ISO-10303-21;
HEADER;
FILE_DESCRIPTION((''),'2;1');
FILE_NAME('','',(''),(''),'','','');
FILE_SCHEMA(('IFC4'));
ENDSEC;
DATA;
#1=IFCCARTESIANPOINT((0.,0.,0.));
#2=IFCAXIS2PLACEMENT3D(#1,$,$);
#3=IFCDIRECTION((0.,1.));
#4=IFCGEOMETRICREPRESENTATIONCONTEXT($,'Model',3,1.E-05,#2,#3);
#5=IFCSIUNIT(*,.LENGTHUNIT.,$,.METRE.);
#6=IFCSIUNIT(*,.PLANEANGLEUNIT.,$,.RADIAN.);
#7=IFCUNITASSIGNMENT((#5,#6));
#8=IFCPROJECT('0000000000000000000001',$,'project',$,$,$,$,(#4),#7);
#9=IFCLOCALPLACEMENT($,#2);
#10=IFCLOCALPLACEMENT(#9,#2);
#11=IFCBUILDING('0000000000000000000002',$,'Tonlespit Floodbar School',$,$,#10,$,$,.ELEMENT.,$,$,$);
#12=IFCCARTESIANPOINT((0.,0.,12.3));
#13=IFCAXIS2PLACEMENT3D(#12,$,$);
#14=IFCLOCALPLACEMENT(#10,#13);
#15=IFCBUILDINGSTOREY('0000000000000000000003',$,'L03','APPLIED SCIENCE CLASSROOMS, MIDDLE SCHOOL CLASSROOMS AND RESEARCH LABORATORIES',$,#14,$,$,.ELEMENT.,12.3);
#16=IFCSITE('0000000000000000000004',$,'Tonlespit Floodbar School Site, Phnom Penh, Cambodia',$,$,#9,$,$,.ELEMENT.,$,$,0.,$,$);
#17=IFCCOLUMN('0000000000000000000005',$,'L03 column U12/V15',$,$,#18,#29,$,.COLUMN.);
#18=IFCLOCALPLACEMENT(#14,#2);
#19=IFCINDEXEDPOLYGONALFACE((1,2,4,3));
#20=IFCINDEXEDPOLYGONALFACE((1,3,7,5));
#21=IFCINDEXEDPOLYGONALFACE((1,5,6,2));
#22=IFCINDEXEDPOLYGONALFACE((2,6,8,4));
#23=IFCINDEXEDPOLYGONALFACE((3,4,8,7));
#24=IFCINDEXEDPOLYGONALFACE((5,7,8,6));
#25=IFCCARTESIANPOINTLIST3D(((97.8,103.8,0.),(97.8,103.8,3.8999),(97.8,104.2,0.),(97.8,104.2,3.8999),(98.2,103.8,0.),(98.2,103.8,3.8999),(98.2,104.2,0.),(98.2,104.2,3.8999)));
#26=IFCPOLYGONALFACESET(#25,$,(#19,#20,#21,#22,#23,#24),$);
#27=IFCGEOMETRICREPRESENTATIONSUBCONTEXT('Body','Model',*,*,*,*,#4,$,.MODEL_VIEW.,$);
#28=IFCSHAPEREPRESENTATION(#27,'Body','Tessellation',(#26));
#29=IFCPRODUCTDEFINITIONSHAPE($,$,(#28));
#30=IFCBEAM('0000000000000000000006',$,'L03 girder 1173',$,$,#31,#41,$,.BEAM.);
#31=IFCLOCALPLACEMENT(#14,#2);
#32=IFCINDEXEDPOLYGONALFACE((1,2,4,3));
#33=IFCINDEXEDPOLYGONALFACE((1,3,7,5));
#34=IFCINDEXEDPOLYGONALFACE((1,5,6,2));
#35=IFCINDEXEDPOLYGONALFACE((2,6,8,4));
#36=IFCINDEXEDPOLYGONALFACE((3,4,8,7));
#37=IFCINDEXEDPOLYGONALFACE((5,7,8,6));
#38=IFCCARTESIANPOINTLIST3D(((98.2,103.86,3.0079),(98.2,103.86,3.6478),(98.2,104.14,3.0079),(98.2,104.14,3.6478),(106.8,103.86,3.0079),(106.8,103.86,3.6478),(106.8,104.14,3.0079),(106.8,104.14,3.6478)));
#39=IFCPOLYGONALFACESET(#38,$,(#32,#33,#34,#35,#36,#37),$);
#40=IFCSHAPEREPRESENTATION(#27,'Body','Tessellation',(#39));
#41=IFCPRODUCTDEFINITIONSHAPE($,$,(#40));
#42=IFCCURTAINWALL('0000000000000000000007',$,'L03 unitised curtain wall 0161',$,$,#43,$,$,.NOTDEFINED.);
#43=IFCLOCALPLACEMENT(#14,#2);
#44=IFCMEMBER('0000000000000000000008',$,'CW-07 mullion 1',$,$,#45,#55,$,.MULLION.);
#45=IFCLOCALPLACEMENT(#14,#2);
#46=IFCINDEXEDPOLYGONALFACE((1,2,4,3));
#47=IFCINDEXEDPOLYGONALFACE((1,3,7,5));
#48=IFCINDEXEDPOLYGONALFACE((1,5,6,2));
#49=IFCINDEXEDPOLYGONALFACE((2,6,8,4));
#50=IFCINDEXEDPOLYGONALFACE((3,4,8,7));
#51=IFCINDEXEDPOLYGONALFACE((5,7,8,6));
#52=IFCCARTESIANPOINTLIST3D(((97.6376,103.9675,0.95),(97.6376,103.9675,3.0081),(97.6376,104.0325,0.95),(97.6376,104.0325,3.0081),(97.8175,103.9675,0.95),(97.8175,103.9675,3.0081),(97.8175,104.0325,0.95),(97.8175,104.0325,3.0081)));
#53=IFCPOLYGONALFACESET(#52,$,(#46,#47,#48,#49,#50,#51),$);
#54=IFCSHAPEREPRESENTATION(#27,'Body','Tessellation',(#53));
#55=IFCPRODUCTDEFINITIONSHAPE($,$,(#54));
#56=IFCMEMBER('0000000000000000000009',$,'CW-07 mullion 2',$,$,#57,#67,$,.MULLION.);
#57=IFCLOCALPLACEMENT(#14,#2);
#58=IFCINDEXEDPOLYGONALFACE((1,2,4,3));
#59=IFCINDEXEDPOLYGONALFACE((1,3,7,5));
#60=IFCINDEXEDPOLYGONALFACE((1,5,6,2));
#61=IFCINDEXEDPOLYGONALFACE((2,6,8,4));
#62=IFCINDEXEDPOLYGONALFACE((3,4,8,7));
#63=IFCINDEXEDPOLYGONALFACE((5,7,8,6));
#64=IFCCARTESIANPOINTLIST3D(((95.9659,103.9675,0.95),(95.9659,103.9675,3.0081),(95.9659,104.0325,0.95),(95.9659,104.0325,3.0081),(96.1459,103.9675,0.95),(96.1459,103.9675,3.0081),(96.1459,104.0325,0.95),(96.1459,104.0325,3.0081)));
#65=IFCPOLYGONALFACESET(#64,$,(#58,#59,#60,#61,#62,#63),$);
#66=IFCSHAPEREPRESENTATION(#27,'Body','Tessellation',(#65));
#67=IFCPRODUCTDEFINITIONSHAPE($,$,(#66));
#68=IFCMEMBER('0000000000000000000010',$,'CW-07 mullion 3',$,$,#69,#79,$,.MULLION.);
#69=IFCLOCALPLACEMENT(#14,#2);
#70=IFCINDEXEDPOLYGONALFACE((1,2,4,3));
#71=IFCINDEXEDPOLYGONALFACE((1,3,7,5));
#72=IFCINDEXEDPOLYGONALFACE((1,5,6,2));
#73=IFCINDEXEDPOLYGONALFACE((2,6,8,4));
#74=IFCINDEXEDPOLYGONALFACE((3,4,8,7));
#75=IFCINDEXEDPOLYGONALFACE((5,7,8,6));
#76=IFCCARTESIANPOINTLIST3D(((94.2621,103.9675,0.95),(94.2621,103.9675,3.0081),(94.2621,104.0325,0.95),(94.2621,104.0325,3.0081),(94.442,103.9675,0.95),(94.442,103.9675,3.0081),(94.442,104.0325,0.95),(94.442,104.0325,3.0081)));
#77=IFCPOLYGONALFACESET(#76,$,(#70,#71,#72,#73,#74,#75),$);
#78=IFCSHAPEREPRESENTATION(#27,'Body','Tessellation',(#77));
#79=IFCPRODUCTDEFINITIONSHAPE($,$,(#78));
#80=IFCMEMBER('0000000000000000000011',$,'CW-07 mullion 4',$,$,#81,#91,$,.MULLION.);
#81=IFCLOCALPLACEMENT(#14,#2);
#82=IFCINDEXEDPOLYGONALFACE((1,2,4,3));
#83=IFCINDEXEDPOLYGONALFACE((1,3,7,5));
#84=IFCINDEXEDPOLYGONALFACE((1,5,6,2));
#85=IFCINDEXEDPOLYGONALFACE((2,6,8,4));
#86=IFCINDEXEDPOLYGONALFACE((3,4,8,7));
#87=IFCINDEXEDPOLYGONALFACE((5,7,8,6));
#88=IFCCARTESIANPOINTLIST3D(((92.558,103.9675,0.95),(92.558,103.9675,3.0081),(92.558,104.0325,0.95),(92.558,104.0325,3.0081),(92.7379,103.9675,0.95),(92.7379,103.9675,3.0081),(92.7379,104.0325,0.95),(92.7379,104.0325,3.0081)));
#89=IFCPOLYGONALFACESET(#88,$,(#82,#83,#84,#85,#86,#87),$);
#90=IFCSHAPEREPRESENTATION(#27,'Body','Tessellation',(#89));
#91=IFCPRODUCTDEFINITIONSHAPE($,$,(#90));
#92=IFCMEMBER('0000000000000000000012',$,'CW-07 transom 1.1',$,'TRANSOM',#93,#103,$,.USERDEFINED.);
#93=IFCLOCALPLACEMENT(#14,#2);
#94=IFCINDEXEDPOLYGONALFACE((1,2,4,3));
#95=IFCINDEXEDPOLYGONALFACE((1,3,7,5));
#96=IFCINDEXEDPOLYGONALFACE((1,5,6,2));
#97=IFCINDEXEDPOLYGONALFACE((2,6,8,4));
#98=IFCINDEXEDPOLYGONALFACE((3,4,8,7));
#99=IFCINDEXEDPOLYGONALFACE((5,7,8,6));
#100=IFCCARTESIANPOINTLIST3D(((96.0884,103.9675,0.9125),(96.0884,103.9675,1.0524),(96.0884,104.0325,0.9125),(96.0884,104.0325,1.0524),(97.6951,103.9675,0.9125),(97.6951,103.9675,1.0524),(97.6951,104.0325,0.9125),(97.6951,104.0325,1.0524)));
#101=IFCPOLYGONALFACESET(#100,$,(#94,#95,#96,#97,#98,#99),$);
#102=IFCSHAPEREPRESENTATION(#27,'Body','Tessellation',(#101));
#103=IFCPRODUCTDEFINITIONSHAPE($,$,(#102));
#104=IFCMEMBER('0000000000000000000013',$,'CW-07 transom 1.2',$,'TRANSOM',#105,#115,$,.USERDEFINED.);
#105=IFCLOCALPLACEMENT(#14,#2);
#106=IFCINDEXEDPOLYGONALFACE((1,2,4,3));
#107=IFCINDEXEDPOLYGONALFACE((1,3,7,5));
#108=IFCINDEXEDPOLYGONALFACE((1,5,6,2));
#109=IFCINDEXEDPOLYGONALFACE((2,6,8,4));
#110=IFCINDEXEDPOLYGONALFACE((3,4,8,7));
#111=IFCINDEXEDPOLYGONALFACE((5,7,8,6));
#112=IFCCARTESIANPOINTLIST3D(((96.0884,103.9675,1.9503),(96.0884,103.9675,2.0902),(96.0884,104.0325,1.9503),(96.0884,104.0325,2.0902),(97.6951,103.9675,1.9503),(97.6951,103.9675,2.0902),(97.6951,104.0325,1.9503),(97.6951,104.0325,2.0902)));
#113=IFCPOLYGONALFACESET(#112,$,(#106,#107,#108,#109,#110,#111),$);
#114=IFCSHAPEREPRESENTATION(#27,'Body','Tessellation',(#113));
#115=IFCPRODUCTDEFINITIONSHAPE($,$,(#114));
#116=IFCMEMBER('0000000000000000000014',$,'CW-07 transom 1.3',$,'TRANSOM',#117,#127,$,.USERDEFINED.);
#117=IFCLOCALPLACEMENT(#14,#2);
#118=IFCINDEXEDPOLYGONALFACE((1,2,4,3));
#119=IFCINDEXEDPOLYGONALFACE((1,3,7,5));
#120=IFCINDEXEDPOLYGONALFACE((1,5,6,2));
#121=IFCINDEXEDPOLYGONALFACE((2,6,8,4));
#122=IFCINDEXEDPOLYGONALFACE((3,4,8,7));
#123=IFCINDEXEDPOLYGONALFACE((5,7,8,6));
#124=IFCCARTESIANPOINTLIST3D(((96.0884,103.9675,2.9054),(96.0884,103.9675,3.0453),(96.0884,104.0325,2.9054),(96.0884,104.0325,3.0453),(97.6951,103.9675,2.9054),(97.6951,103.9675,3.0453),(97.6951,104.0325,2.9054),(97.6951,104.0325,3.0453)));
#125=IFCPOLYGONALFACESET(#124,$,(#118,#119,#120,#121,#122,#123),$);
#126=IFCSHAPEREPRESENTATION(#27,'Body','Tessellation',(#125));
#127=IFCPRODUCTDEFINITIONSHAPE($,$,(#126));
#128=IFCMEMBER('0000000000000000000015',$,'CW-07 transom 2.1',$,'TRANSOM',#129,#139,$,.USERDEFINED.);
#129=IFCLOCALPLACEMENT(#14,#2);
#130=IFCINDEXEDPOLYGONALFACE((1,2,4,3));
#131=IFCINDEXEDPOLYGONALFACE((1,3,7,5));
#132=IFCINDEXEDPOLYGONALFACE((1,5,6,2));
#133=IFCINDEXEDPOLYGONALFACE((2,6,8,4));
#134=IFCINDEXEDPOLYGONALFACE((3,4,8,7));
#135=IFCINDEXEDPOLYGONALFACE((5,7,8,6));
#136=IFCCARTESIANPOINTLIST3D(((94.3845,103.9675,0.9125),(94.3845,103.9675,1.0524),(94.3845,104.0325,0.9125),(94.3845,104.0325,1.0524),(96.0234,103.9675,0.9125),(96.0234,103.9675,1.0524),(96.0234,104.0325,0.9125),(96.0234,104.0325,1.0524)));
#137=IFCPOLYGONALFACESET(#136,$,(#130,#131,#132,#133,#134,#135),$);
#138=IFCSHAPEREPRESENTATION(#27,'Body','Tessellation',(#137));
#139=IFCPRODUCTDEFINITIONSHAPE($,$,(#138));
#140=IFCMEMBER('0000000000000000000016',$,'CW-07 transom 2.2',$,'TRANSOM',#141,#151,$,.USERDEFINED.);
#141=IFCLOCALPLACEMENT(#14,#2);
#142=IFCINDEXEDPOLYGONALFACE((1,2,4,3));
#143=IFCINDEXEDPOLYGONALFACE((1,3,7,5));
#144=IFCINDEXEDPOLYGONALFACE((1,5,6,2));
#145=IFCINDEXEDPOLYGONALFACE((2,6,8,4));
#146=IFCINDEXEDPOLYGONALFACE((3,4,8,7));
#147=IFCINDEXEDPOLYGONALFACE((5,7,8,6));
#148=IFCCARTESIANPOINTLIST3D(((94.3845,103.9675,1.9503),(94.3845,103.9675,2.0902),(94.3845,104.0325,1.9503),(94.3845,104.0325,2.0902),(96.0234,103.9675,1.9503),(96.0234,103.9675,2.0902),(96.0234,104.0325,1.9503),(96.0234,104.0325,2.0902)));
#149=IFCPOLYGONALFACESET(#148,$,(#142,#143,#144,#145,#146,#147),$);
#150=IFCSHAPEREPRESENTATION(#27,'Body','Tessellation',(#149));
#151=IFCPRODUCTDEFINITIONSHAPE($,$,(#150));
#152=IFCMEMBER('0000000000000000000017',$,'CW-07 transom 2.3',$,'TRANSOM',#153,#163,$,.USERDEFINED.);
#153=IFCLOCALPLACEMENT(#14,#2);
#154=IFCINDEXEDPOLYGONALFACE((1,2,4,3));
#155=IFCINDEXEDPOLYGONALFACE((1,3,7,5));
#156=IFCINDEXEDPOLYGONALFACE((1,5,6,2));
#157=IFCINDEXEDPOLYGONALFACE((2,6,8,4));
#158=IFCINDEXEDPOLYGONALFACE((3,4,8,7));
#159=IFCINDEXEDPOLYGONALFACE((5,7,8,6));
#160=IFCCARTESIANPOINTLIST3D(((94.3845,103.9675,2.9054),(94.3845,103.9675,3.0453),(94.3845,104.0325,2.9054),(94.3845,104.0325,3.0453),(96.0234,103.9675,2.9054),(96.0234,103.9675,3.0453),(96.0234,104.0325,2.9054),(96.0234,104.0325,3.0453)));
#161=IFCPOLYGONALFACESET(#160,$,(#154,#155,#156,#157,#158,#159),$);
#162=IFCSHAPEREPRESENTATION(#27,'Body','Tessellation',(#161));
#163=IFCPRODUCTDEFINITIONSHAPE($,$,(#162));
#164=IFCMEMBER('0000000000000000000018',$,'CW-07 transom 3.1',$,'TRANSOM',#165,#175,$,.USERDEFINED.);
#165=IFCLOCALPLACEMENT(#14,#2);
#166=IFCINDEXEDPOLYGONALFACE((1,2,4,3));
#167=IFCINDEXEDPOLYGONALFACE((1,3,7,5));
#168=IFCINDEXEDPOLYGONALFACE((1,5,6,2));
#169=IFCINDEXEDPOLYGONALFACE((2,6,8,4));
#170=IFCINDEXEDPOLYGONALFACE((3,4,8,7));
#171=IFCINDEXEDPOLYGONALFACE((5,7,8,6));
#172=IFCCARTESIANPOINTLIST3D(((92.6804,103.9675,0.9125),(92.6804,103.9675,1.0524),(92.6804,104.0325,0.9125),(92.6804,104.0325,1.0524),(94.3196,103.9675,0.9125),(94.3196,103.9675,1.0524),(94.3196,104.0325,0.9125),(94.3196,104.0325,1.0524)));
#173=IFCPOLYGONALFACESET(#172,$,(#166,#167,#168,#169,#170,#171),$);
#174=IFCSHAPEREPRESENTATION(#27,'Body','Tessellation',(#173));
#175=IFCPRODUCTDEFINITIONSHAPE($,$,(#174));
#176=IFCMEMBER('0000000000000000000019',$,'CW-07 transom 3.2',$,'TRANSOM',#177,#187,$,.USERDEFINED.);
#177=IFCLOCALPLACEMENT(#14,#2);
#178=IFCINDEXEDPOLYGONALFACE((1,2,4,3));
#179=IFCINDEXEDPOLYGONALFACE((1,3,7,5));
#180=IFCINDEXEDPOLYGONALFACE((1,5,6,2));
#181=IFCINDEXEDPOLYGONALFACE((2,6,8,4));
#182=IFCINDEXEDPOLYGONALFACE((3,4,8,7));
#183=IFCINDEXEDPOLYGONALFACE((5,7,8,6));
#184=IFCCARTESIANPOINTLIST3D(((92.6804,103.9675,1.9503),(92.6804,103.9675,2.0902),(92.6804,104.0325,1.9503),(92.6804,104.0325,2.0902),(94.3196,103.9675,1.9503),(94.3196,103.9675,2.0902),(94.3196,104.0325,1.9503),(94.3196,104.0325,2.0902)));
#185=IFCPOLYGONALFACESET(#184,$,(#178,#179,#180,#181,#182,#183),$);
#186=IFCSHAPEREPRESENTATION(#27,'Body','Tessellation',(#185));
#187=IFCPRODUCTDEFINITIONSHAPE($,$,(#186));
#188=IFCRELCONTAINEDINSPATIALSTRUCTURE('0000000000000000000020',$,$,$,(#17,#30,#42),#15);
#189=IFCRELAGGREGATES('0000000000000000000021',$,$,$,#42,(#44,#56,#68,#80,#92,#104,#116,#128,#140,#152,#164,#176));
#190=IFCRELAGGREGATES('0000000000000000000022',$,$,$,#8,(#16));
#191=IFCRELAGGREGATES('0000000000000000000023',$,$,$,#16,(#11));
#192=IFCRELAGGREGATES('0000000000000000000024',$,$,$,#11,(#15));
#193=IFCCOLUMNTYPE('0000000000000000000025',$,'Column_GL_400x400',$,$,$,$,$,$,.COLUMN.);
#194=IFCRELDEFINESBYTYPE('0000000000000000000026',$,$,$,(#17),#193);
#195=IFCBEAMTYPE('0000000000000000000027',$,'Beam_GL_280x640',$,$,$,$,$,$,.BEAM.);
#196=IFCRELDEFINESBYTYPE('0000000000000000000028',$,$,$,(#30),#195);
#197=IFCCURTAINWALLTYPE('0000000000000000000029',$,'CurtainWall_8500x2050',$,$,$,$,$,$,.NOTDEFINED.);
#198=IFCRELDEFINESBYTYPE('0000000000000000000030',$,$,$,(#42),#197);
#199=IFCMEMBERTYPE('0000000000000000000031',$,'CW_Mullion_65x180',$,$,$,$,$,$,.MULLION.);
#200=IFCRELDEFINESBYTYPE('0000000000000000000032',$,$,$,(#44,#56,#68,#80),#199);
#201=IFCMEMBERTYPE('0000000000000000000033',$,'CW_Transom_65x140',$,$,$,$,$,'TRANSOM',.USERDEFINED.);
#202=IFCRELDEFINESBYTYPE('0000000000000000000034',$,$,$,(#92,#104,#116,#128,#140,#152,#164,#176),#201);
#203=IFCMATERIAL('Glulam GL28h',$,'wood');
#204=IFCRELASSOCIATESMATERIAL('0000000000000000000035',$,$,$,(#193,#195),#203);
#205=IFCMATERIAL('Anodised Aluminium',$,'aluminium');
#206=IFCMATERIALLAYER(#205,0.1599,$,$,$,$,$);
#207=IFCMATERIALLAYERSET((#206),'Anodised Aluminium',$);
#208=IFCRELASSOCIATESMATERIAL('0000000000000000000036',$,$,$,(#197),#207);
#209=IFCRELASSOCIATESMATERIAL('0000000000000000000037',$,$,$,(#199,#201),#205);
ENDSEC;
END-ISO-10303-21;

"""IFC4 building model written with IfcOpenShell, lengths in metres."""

from ifc_helpers import new_model, si_unit, direction, frame, origin, origin_2d, place, context, subcontext, project, spatial, rectangle, extrude, material, layer, layer_set, material_profile, profile_set, type_object, element, aggregate, save


model = new_model("IFC4")

# Units and contexts
model_context = context("Model", 3, precision=1e-05, world=origin(), true_north=direction((0.0, 1.0)))
body_context = subcontext(model_context, "Body", "Model", "MODEL_VIEW")
ifc_project = project(units=[si_unit("LENGTHUNIT", "METRE"), si_unit("PLANEANGLEUNIT", "RADIAN")], contexts=[model_context])

# Site, building, storey
site_placement = place(None, origin())
site = spatial("IfcSite", under=ifc_project, at=site_placement, Name="Tonlespit Floodbar School Site, Phnom Penh, Cambodia", CompositionType="ELEMENT", RefElevation=0.0)
building_placement = place(site_placement, origin())
building = spatial("IfcBuilding", under=site, at=building_placement, Name="Tonlespit Floodbar School", CompositionType="ELEMENT")
storey_placement = place(building_placement, frame((0.0, 0.0, 12.3)))
storey = spatial("IfcBuildingStorey", under=building, at=storey_placement, Name="L03", Description="APPLIED SCIENCE CLASSROOMS, MIDDLE SCHOOL CLASSROOMS AND RESEARCH LABORATORIES", CompositionType="ELEMENT", Elevation=12.3)

# Column
ifc_material_1 = material(Name="Glulam GL28h", Category="wood")
ifc_material_profile_1 = material_profile(ifc_material_1, rectangle(XDim=0.3999, YDim=0.3999, at=origin_2d()), Name="GL 400x400")
ifc_profile_set_1 = profile_set([ifc_material_profile_1], Name="Glulam GL28h")
column_type = type_object("IfcColumnType", Name="Column_GL_400x400", PredefinedType="COLUMN", material=ifc_profile_set_1)
column_placement = place(storey_placement, frame((98.0, 104.0, 0.0), z_axis=(0.0, 0.0, 1.0), x_axis=(1.0, 0.0, 0.0)))
element("IfcColumn", 1, at=column_placement, inside=storey, type_object=column_type, Name="L03 column U12/V15", PredefinedType="COLUMN", context=body_context, shape_type="SweptSolid", body=[
    extrude(rectangle(XDim=0.3999, YDim=0.3999, at=origin_2d()), origin(), (0.0, 0.0, 1.0), 3.8999),
])

# Beam
ifc_material_profile_2 = material_profile(ifc_material_1, rectangle(XDim=0.28, YDim=0.6399, at=origin_2d()), Name="GL 280x640")
ifc_profile_set_2 = profile_set([ifc_material_profile_2], Name="Glulam GL28h")
beam_type_1 = type_object("IfcBeamType", Name="Beam_GL_280x640", PredefinedType="BEAM", material=ifc_profile_set_2)
beam_1_placement = place(storey_placement, frame((98.2, 104.0, 3.3279), z_axis=(1.0, 0.0, 0.0), x_axis=(0.0, 1.0, 0.0)))
element("IfcBeam", 2, at=beam_1_placement, inside=storey, type_object=beam_type_1, Name="L03 girder 1173", PredefinedType="BEAM", context=body_context, shape_type="SweptSolid", body=[
    extrude(rectangle(XDim=0.28, YDim=0.6399, at=origin_2d()), origin(), (0.0, 0.0, 1.0), 8.6001),
])

# Curtain wall, members
ifc_material_2 = material(Name="Anodised Aluminium", Category="aluminium")
ifc_layer_1 = layer(ifc_material_2, 0.1599)
ifc_layer_set_1 = layer_set([ifc_layer_1], Name="Anodised Aluminium")
curtain_wall_type = type_object("IfcCurtainWallType", Name="CurtainWall_8500x2050", PredefinedType="NOTDEFINED", material=ifc_layer_set_1)
curtain_wall_placement = place(storey_placement, origin())
curtain_wall = element("IfcCurtainWall", 3, at=curtain_wall_placement, inside=storey, type_object=curtain_wall_type, Name="L03 unitised curtain wall 0161", PredefinedType="NOTDEFINED")
ifc_material_profile_3 = material_profile(ifc_material_2, rectangle(XDim=0.0649, YDim=0.1799, at=origin_2d()), Name="ALU M65x180")
ifc_profile_set_3 = profile_set([ifc_material_profile_3], Name="Anodised Aluminium")
member_type_1 = type_object("IfcMemberType", Name="CW_Mullion_65x180", PredefinedType="MULLION", material=ifc_profile_set_3)
member_1_placement = place(storey_placement, frame((97.7275, 104.0, 0.95), z_axis=(0.0, 0.0, 1.0), x_axis=(0.0, -1.0, 0.0)))
member_1 = element("IfcMember", 4, at=member_1_placement, type_object=member_type_1, Name="CW-07 mullion 1", PredefinedType="MULLION", context=body_context, shape_type="SweptSolid", body=[
    extrude(rectangle(XDim=0.0649, YDim=0.1799, at=origin_2d()), origin(), (0.0, 0.0, 1.0), 2.0581),
])
member_2_placement = place(storey_placement, frame((96.0559, 104.0, 0.95), z_axis=(0.0, 0.0, 1.0), x_axis=(0.0, -1.0, 0.0)))
member_2 = element("IfcMember", 5, at=member_2_placement, type_object=member_type_1, Name="CW-07 mullion 2", PredefinedType="MULLION", context=body_context, shape_type="SweptSolid", body=[
    extrude(rectangle(XDim=0.0649, YDim=0.1799, at=origin_2d()), origin(), (0.0, 0.0, 1.0), 2.0581),
])
member_3_placement = place(storey_placement, frame((94.3521, 104.0, 0.95), z_axis=(0.0, 0.0, 1.0), x_axis=(0.0, -1.0, 0.0)))
member_3 = element("IfcMember", 6, at=member_3_placement, type_object=member_type_1, Name="CW-07 mullion 3", PredefinedType="MULLION", context=body_context, shape_type="SweptSolid", body=[
    extrude(rectangle(XDim=0.0649, YDim=0.1799, at=origin_2d()), origin(), (0.0, 0.0, 1.0), 2.0581),
])
member_4_placement = place(storey_placement, frame((92.6479, 104.0, 0.95), z_axis=(0.0, 0.0, 1.0), x_axis=(0.0, -1.0, 0.0)))
member_4 = element("IfcMember", 7, at=member_4_placement, type_object=member_type_1, Name="CW-07 mullion 4", PredefinedType="MULLION", context=body_context, shape_type="SweptSolid", body=[
    extrude(rectangle(XDim=0.0649, YDim=0.1799, at=origin_2d()), origin(), (0.0, 0.0, 1.0), 2.0581),
])
ifc_material_profile_4 = material_profile(ifc_material_2, rectangle(XDim=0.0649, YDim=0.1399, at=origin_2d()), Name="ALU T65x140")
ifc_profile_set_4 = profile_set([ifc_material_profile_4], Name="Anodised Aluminium")
member_type_2 = type_object("IfcMemberType", Name="CW_Transom_65x140", ElementType="TRANSOM", PredefinedType="USERDEFINED", material=ifc_profile_set_4)
member_5_placement = place(storey_placement, frame((97.6951, 104.0, 0.9824), z_axis=(-1.0, 0.0, 0.0), x_axis=(0.0, -1.0, 0.0)))
member_5 = element("IfcMember", 8, at=member_5_placement, type_object=member_type_2, Name="CW-07 transom 1.1", ObjectType="TRANSOM", PredefinedType="USERDEFINED", context=body_context, shape_type="SweptSolid", body=[
    extrude(rectangle(XDim=0.0649, YDim=0.1399, at=origin_2d()), origin(), (0.0, 0.0, 1.0), 1.6067),
])
member_6_placement = place(storey_placement, frame((97.6951, 104.0, 2.0203), z_axis=(-1.0, 0.0, 0.0), x_axis=(0.0, -1.0, 0.0)))
member_6 = element("IfcMember", 9, at=member_6_placement, type_object=member_type_2, Name="CW-07 transom 1.2", ObjectType="TRANSOM", PredefinedType="USERDEFINED", context=body_context, shape_type="SweptSolid", body=[
    extrude(rectangle(XDim=0.0649, YDim=0.1399, at=origin_2d()), origin(), (0.0, 0.0, 1.0), 1.6067),
])
member_7_placement = place(storey_placement, frame((97.6951, 104.0, 2.9753), z_axis=(-1.0, 0.0, 0.0), x_axis=(0.0, -1.0, 0.0)))
member_7 = element("IfcMember", 10, at=member_7_placement, type_object=member_type_2, Name="CW-07 transom 1.3", ObjectType="TRANSOM", PredefinedType="USERDEFINED", context=body_context, shape_type="SweptSolid", body=[
    extrude(rectangle(XDim=0.0649, YDim=0.1399, at=origin_2d()), origin(), (0.0, 0.0, 1.0), 1.6067),
])
member_8_placement = place(storey_placement, frame((96.0234, 104.0, 0.9824), z_axis=(-1.0, 0.0, 0.0), x_axis=(0.0, -1.0, 0.0)))
member_8 = element("IfcMember", 11, at=member_8_placement, type_object=member_type_2, Name="CW-07 transom 2.1", ObjectType="TRANSOM", PredefinedType="USERDEFINED", context=body_context, shape_type="SweptSolid", body=[
    extrude(rectangle(XDim=0.0649, YDim=0.1399, at=origin_2d()), origin(), (0.0, 0.0, 1.0), 1.6389),
])
member_9_placement = place(storey_placement, frame((96.0234, 104.0, 2.0203), z_axis=(-1.0, 0.0, 0.0), x_axis=(0.0, -1.0, 0.0)))
member_9 = element("IfcMember", 12, at=member_9_placement, type_object=member_type_2, Name="CW-07 transom 2.2", ObjectType="TRANSOM", PredefinedType="USERDEFINED", context=body_context, shape_type="SweptSolid", body=[
    extrude(rectangle(XDim=0.0649, YDim=0.1399, at=origin_2d()), origin(), (0.0, 0.0, 1.0), 1.6389),
])
member_10_placement = place(storey_placement, frame((96.0234, 104.0, 2.9753), z_axis=(-1.0, 0.0, 0.0), x_axis=(0.0, -1.0, 0.0)))
member_10 = element("IfcMember", 13, at=member_10_placement, type_object=member_type_2, Name="CW-07 transom 2.3", ObjectType="TRANSOM", PredefinedType="USERDEFINED", context=body_context, shape_type="SweptSolid", body=[
    extrude(rectangle(XDim=0.0649, YDim=0.1399, at=origin_2d()), origin(), (0.0, 0.0, 1.0), 1.6389),
])
member_11_placement = place(storey_placement, frame((94.3196, 104.0, 0.9824), z_axis=(-1.0, 0.0, 0.0), x_axis=(0.0, -1.0, 0.0)))
member_11 = element("IfcMember", 14, at=member_11_placement, type_object=member_type_2, Name="CW-07 transom 3.1", ObjectType="TRANSOM", PredefinedType="USERDEFINED", context=body_context, shape_type="SweptSolid", body=[
    extrude(rectangle(XDim=0.0649, YDim=0.1399, at=origin_2d()), origin(), (0.0, 0.0, 1.0), 1.6392),
])
member_12_placement = place(storey_placement, frame((94.3196, 104.0, 2.0203), z_axis=(-1.0, 0.0, 0.0), x_axis=(0.0, -1.0, 0.0)))
member_12 = element("IfcMember", 15, at=member_12_placement, type_object=member_type_2, Name="CW-07 transom 3.2", ObjectType="TRANSOM", PredefinedType="USERDEFINED", context=body_context, shape_type="SweptSolid", body=[
    extrude(rectangle(XDim=0.0649, YDim=0.1399, at=origin_2d()), origin(), (0.0, 0.0, 1.0), 1.6392),
])

aggregate(curtain_wall, [member_1, member_2, member_3, member_4, member_5, member_6, member_7, member_8, member_9, member_10, member_11, member_12])

save(model, "model.ifc")
